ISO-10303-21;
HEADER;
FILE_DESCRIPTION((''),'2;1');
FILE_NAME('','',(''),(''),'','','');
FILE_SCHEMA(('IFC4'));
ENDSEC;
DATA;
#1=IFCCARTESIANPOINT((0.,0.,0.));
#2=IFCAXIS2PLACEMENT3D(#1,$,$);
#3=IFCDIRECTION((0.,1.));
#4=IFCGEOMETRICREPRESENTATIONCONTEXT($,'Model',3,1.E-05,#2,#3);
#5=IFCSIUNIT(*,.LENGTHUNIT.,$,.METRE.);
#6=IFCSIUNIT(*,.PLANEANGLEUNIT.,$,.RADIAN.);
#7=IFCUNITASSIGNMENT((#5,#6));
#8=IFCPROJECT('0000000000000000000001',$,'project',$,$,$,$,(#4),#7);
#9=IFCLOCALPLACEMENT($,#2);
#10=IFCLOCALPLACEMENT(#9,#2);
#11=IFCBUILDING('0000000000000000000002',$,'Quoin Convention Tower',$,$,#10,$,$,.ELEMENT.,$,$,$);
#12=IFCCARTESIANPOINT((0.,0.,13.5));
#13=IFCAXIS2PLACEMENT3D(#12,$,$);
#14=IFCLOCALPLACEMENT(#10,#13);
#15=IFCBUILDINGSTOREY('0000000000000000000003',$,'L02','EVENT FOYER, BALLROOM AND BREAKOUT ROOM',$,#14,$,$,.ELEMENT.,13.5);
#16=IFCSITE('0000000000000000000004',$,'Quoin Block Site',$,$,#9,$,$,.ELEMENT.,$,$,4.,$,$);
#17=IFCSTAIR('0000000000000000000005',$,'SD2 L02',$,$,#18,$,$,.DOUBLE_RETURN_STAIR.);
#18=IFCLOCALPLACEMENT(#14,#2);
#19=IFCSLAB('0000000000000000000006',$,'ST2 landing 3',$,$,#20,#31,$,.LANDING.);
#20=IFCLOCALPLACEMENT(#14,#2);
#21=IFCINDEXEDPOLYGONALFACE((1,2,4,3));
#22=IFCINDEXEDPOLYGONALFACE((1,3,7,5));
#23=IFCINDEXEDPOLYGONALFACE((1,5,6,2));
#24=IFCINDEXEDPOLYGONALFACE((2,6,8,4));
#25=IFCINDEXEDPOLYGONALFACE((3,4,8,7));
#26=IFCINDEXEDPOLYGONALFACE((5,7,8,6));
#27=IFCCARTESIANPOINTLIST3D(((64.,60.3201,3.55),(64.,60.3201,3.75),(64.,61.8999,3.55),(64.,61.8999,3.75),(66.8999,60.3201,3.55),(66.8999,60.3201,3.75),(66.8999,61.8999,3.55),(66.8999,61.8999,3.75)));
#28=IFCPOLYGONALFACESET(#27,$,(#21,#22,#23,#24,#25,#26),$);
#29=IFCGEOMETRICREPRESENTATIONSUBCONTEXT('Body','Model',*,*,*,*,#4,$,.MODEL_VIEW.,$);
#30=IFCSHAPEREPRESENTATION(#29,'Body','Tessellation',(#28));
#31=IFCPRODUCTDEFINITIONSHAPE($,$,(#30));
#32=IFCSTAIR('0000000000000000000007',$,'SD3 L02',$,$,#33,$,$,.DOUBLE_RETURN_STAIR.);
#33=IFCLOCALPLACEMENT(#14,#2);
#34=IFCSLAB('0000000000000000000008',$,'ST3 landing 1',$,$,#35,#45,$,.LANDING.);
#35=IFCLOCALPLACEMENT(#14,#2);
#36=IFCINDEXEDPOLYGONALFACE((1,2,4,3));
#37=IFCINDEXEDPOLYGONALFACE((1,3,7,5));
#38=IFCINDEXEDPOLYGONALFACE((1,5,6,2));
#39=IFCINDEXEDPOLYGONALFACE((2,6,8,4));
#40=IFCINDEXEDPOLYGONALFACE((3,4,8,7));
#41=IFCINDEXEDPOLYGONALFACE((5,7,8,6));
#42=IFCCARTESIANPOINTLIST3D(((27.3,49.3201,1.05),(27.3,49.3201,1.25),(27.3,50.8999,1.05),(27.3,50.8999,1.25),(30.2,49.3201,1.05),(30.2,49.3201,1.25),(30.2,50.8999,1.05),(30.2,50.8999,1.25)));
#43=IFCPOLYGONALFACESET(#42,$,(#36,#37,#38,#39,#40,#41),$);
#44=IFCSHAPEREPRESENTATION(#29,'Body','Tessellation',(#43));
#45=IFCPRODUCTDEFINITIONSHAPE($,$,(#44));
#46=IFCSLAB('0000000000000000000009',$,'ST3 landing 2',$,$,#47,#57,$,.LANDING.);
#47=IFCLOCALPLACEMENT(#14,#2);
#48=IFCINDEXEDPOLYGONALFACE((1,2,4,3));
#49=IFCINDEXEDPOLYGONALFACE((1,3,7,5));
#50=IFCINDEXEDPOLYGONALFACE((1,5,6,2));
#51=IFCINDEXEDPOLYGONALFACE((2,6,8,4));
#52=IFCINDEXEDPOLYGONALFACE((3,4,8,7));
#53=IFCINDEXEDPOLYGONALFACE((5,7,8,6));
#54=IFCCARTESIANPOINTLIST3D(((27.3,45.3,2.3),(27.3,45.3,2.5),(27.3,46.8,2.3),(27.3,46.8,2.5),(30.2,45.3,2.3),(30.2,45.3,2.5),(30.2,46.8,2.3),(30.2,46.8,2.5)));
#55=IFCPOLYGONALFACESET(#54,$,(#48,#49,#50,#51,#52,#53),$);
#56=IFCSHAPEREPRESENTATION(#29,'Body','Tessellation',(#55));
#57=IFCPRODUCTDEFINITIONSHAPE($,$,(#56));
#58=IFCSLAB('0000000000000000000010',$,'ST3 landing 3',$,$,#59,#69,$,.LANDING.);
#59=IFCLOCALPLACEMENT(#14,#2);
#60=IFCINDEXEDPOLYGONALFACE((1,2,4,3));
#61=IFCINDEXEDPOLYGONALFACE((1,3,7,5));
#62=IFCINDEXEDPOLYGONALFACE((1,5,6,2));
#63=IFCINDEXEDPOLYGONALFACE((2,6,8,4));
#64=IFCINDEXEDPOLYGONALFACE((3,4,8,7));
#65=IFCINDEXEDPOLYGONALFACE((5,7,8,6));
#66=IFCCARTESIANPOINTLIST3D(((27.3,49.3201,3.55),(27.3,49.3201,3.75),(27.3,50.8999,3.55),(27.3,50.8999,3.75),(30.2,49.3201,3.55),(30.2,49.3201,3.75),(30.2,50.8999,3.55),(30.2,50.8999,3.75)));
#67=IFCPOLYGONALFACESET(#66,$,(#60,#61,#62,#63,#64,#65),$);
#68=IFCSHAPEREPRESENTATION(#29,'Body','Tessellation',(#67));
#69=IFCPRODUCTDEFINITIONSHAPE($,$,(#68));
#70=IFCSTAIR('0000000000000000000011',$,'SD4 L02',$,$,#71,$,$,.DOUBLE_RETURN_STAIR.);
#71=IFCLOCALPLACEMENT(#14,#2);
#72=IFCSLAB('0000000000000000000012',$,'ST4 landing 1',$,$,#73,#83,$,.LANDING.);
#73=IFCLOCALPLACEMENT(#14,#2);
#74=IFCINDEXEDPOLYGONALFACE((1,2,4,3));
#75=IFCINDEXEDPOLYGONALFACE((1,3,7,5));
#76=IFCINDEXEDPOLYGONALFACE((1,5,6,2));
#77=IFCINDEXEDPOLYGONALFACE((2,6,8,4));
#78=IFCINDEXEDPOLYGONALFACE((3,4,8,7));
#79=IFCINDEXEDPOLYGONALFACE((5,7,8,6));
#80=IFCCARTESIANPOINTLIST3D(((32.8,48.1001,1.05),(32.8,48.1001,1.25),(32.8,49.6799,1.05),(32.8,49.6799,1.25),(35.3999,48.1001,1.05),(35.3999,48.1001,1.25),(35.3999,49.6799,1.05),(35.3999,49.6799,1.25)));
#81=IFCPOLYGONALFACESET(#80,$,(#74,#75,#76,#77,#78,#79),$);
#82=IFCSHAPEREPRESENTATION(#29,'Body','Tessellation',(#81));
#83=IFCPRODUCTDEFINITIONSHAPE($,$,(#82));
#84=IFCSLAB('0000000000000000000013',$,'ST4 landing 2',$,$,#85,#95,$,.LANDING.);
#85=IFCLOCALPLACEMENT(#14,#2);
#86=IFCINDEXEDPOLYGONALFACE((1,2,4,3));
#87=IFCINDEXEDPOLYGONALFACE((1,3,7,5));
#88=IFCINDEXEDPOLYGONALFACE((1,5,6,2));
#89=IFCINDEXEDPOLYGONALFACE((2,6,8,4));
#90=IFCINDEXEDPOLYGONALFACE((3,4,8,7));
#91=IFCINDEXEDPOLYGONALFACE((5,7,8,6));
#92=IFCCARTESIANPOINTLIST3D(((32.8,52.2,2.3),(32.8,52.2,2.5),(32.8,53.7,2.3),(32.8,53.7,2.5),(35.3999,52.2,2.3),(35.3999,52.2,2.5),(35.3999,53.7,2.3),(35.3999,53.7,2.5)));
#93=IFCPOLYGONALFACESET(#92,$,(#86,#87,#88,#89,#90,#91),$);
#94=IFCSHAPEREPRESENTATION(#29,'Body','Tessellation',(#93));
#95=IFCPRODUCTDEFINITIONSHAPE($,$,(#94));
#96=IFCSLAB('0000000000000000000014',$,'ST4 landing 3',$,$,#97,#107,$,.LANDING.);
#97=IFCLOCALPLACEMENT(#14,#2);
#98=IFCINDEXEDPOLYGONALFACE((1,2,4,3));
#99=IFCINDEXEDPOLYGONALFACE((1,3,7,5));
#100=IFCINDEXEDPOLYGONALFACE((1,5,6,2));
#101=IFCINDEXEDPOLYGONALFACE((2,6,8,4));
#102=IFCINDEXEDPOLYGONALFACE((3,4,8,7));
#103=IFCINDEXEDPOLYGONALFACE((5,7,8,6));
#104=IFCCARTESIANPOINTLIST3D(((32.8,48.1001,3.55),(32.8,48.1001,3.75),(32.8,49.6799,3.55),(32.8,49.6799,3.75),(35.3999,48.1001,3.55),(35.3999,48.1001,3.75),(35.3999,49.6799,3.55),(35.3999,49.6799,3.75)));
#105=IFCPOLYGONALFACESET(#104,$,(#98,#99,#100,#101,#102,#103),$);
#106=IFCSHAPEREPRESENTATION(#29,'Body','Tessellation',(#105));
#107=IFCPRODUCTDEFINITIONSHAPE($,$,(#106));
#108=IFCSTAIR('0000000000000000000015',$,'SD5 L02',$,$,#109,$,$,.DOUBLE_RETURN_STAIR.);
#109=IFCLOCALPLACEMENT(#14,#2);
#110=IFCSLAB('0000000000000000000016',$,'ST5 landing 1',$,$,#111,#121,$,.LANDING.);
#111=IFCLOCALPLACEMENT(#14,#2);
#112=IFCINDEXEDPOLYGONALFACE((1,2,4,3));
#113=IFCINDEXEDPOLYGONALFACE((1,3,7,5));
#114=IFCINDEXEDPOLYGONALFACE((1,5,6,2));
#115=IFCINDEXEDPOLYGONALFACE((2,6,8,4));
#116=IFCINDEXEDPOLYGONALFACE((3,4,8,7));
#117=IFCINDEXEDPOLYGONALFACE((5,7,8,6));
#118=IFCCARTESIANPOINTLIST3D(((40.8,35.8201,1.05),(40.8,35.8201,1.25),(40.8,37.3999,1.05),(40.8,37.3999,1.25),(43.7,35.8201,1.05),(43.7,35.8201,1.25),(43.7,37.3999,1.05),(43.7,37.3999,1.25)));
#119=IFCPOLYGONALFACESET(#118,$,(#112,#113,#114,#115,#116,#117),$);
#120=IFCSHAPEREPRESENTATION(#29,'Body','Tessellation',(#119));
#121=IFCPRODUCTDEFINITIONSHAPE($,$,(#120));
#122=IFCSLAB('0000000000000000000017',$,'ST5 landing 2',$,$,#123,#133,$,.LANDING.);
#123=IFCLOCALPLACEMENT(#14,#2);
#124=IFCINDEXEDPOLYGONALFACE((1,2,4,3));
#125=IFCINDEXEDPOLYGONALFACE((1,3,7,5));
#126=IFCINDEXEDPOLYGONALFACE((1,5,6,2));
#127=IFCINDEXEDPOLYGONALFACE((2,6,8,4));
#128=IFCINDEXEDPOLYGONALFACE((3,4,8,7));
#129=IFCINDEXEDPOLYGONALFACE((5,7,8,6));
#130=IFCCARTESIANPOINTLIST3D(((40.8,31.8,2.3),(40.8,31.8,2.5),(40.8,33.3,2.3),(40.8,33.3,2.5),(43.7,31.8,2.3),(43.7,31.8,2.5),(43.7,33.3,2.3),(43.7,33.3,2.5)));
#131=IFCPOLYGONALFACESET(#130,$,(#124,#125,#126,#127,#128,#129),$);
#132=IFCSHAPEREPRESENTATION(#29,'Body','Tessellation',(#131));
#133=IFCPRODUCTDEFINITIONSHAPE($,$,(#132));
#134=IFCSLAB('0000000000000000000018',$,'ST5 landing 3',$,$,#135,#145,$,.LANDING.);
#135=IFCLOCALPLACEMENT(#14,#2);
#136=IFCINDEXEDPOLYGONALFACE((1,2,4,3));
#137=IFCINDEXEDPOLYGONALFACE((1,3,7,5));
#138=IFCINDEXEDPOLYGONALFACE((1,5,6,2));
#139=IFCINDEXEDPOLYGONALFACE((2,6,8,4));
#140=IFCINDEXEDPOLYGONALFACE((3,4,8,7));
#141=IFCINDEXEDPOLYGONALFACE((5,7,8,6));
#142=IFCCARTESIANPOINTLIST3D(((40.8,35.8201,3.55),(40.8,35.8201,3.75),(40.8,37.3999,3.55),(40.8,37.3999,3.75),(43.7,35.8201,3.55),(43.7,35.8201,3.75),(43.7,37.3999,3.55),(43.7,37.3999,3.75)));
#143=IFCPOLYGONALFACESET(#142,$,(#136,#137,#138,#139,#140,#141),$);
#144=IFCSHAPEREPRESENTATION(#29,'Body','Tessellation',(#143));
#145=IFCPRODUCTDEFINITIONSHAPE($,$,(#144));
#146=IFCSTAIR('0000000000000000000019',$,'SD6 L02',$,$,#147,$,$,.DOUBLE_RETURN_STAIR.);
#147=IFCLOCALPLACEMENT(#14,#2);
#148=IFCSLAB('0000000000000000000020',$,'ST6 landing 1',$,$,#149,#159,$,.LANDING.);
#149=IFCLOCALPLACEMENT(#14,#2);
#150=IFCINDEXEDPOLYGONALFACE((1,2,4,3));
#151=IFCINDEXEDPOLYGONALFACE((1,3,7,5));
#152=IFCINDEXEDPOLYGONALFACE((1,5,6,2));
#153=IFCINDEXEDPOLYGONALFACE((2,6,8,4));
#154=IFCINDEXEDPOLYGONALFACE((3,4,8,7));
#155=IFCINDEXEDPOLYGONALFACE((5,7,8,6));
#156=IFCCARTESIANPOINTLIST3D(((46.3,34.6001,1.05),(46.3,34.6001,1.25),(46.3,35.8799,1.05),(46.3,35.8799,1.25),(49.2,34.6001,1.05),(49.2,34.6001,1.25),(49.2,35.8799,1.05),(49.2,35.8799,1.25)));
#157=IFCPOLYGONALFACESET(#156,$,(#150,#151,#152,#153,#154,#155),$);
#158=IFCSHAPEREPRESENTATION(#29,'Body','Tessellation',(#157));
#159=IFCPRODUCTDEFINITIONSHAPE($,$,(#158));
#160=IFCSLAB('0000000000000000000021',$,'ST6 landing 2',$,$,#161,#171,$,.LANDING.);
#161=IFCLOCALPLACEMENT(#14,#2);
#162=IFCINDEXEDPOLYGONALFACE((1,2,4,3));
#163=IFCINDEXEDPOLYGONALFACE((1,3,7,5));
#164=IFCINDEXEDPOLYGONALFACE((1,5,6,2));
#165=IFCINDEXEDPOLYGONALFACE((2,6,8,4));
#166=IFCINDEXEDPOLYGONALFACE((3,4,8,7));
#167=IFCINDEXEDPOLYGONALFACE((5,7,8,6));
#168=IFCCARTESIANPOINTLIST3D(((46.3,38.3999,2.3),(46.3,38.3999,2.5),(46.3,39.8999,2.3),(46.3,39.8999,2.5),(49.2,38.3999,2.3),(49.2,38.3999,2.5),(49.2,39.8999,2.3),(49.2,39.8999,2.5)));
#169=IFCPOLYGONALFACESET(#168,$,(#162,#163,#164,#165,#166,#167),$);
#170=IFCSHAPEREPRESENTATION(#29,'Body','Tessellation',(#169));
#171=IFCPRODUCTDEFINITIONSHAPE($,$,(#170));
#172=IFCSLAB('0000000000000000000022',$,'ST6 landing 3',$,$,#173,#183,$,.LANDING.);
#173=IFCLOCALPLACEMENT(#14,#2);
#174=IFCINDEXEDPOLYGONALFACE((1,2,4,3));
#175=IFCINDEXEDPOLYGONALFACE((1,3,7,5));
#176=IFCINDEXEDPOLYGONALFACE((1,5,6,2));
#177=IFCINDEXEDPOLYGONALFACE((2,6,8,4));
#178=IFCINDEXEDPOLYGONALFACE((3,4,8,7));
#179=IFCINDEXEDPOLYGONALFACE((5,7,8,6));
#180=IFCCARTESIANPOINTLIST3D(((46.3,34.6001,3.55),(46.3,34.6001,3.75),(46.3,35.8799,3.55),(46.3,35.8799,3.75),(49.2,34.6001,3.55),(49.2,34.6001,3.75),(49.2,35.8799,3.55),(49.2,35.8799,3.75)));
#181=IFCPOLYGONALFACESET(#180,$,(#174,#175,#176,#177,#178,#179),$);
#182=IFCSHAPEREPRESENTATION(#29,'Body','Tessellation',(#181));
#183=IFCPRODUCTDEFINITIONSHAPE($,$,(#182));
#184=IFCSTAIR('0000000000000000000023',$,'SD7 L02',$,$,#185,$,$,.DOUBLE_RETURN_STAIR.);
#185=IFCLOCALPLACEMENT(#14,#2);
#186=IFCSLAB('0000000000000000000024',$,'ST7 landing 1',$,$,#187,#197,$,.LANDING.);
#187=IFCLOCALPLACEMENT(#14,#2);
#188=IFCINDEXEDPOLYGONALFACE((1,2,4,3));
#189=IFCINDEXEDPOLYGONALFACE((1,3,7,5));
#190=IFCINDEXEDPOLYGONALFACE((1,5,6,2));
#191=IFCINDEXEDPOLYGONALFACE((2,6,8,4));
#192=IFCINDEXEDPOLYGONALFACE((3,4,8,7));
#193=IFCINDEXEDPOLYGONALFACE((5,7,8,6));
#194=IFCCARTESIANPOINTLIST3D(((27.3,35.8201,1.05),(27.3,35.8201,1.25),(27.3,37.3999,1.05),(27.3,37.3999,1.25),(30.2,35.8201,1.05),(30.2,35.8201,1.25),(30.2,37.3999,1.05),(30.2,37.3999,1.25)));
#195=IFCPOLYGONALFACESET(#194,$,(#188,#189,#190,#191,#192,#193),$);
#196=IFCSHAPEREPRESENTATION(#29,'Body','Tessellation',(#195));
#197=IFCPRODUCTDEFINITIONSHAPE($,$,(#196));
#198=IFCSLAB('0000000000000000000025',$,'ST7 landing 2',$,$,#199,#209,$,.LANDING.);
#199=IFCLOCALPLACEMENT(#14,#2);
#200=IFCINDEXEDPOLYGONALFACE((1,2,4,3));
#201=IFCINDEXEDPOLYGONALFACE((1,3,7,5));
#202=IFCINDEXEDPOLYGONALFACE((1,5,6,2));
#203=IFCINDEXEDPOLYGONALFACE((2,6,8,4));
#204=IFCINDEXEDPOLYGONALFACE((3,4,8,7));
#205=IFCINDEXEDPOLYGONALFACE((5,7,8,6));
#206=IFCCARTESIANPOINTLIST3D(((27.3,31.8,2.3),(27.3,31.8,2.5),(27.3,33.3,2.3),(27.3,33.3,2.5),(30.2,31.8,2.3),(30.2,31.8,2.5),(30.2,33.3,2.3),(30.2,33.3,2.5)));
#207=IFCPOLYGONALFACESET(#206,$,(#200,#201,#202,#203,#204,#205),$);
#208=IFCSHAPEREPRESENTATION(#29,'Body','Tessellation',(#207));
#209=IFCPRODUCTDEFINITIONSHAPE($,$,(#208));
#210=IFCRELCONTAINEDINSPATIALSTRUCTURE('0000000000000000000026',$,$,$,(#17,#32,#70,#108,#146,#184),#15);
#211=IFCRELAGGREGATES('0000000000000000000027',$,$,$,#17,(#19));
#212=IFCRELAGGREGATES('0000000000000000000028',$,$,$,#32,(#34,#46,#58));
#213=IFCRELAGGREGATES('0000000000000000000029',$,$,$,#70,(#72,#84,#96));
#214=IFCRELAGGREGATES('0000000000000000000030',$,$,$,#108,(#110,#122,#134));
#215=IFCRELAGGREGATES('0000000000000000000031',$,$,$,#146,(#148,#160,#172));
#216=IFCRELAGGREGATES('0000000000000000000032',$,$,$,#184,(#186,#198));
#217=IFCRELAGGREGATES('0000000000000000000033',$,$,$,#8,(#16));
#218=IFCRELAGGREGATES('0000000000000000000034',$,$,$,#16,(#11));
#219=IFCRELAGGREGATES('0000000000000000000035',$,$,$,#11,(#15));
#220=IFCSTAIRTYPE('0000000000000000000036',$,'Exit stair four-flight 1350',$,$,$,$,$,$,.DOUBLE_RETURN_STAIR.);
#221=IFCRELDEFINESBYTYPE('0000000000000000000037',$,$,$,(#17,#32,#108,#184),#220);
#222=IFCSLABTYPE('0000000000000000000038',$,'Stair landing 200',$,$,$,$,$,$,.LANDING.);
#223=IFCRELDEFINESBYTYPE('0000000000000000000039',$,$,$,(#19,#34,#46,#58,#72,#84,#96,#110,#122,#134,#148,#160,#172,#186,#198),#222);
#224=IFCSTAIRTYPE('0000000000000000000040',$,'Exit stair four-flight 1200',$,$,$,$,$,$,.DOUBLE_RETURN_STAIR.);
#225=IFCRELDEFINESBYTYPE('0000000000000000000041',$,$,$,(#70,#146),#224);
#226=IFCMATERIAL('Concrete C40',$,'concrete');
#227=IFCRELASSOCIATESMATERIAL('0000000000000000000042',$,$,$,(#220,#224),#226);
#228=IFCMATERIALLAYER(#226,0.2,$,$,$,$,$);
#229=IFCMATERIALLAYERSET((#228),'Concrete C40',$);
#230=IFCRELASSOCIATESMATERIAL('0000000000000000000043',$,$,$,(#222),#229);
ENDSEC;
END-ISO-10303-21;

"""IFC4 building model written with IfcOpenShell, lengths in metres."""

from ifc_helpers import new_model, si_unit, direction, frame, origin, place, context, subcontext, project, spatial, polyline, outline, extrude, material, layer, layer_set, type_object, element, aggregate, save


model = new_model("IFC4")

# Units and contexts
model_context = context("Model", 3, precision=1e-05, world=origin(), true_north=direction((0.0, 1.0)))
body_context = subcontext(model_context, "Body", "Model", "MODEL_VIEW")
ifc_project = project(units=[si_unit("LENGTHUNIT", "METRE"), si_unit("PLANEANGLEUNIT", "RADIAN")], contexts=[model_context])

# Site, building, storey
site_placement = place(None, origin())
site = spatial("IfcSite", under=ifc_project, at=site_placement, Name="Quoin Block Site", CompositionType="ELEMENT", RefElevation=4.0)
building_placement = place(site_placement, origin())
building = spatial("IfcBuilding", under=site, at=building_placement, Name="Quoin Convention Tower", CompositionType="ELEMENT")
storey_placement = place(building_placement, frame((0.0, 0.0, 13.5)))
storey = spatial("IfcBuildingStorey", under=building, at=storey_placement, Name="L02", Description="EVENT FOYER, BALLROOM AND BREAKOUT ROOM", CompositionType="ELEMENT", Elevation=13.5)

# Stairs, slabs
ifc_material_1 = material(Name="Concrete C40", Category="concrete")
stair_type_1 = type_object("IfcStairType", Name="Exit stair four-flight 1350", PredefinedType="DOUBLE_RETURN_STAIR", material=ifc_material_1)
ifc_layer_1 = layer(ifc_material_1, 0.2)
ifc_layer_set_1 = layer_set([ifc_layer_1], Name="Concrete C40")
slab_type_1 = type_object("IfcSlabType", Name="Stair landing 200", PredefinedType="LANDING", material=ifc_layer_set_1)
stair_1_placement = place(storey_placement, origin())
stair_1 = element("IfcStair", 1, at=stair_1_placement, inside=storey, type_object=stair_type_1, Name="SD2 L02", PredefinedType="DOUBLE_RETURN_STAIR")
slab_1_placement = place(storey_placement, frame((0.0, 0.0, 3.55)))
slab_1 = element("IfcSlab", 2, at=slab_1_placement, type_object=slab_type_1, Name="ST2 landing 3", PredefinedType="LANDING", context=body_context, shape_type="SweptSolid", body=[
    extrude(outline(polyline([(64.0, 60.3201), (66.8999, 60.3201), (66.8999, 61.8999), (64.0, 61.8999), (64.0, 60.3201)])), origin(), (0.0, 0.0, 1.0), 0.2),
])
aggregate(stair_1, [slab_1])
stair_2_placement = place(storey_placement, origin())
stair_2 = element("IfcStair", 3, at=stair_2_placement, inside=storey, type_object=stair_type_1, Name="SD3 L02", PredefinedType="DOUBLE_RETURN_STAIR")
slab_2_placement = place(storey_placement, frame((0.0, 0.0, 1.05)))
slab_2 = element("IfcSlab", 4, at=slab_2_placement, type_object=slab_type_1, Name="ST3 landing 1", PredefinedType="LANDING", context=body_context, shape_type="SweptSolid", body=[
    extrude(outline(polyline([(27.3, 49.3201), (30.2, 49.3201), (30.2, 50.8999), (27.3, 50.8999), (27.3, 49.3201)])), origin(), (0.0, 0.0, 1.0), 0.2),
])
slab_3_placement = place(storey_placement, frame((0.0, 0.0, 2.3)))
slab_3 = element("IfcSlab", 5, at=slab_3_placement, type_object=slab_type_1, Name="ST3 landing 2", PredefinedType="LANDING", context=body_context, shape_type="SweptSolid", body=[
    extrude(outline(polyline([(27.3, 45.3), (30.2, 45.3), (30.2, 46.8), (27.3, 46.8), (27.3, 45.3)])), origin(), (0.0, 0.0, 1.0), 0.2),
])
slab_4_placement = place(storey_placement, frame((0.0, 0.0, 3.55)))
slab_4 = element("IfcSlab", 6, at=slab_4_placement, type_object=slab_type_1, Name="ST3 landing 3", PredefinedType="LANDING", context=body_context, shape_type="SweptSolid", body=[
    extrude(outline(polyline([(27.3, 49.3201), (30.2, 49.3201), (30.2, 50.8999), (27.3, 50.8999), (27.3, 49.3201)])), origin(), (0.0, 0.0, 1.0), 0.2),
])
aggregate(stair_2, [slab_2, slab_3, slab_4])
stair_type_2 = type_object("IfcStairType", Name="Exit stair four-flight 1200", PredefinedType="DOUBLE_RETURN_STAIR", material=ifc_material_1)
stair_3_placement = place(storey_placement, origin())
stair_3 = element("IfcStair", 7, at=stair_3_placement, inside=storey, type_object=stair_type_2, Name="SD4 L02", PredefinedType="DOUBLE_RETURN_STAIR")
slab_5_placement = place(storey_placement, frame((0.0, 0.0, 1.05)))
slab_5 = element("IfcSlab", 8, at=slab_5_placement, type_object=slab_type_1, Name="ST4 landing 1", PredefinedType="LANDING", context=body_context, shape_type="SweptSolid", body=[
    extrude(outline(polyline([(35.3999, 49.6799), (32.8, 49.6799), (32.8, 48.1001), (35.3999, 48.1001), (35.3999, 49.6799)])), origin(), (0.0, 0.0, 1.0), 0.2),
])
slab_6_placement = place(storey_placement, frame((0.0, 0.0, 2.3)))
slab_6 = element("IfcSlab", 9, at=slab_6_placement, type_object=slab_type_1, Name="ST4 landing 2", PredefinedType="LANDING", context=body_context, shape_type="SweptSolid", body=[
    extrude(outline(polyline([(35.3999, 53.7), (32.8, 53.7), (32.8, 52.2), (35.3999, 52.2), (35.3999, 53.7)])), origin(), (0.0, 0.0, 1.0), 0.2),
])
slab_7_placement = place(storey_placement, frame((0.0, 0.0, 3.55)))
slab_7 = element("IfcSlab", 10, at=slab_7_placement, type_object=slab_type_1, Name="ST4 landing 3", PredefinedType="LANDING", context=body_context, shape_type="SweptSolid", body=[
    extrude(outline(polyline([(35.3999, 49.6799), (32.8, 49.6799), (32.8, 48.1001), (35.3999, 48.1001), (35.3999, 49.6799)])), origin(), (0.0, 0.0, 1.0), 0.2),
])
aggregate(stair_3, [slab_5, slab_6, slab_7])
stair_4_placement = place(storey_placement, origin())
stair_4 = element("IfcStair", 11, at=stair_4_placement, inside=storey, type_object=stair_type_1, Name="SD5 L02", PredefinedType="DOUBLE_RETURN_STAIR")
slab_8_placement = place(storey_placement, frame((0.0, 0.0, 1.05)))
slab_8 = element("IfcSlab", 12, at=slab_8_placement, type_object=slab_type_1, Name="ST5 landing 1", PredefinedType="LANDING", context=body_context, shape_type="SweptSolid", body=[
    extrude(outline(polyline([(40.8, 35.8201), (43.7, 35.8201), (43.7, 37.3999), (40.8, 37.3999), (40.8, 35.8201)])), origin(), (0.0, 0.0, 1.0), 0.2),
])
slab_9_placement = place(storey_placement, frame((0.0, 0.0, 2.3)))
slab_9 = element("IfcSlab", 13, at=slab_9_placement, type_object=slab_type_1, Name="ST5 landing 2", PredefinedType="LANDING", context=body_context, shape_type="SweptSolid", body=[
    extrude(outline(polyline([(40.8, 31.8), (43.7, 31.8), (43.7, 33.3), (40.8, 33.3), (40.8, 31.8)])), origin(), (0.0, 0.0, 1.0), 0.2),
])
slab_10_placement = place(storey_placement, frame((0.0, 0.0, 3.55)))
slab_10 = element("IfcSlab", 14, at=slab_10_placement, type_object=slab_type_1, Name="ST5 landing 3", PredefinedType="LANDING", context=body_context, shape_type="SweptSolid", body=[
    extrude(outline(polyline([(40.8, 35.8201), (43.7, 35.8201), (43.7, 37.3999), (40.8, 37.3999), (40.8, 35.8201)])), origin(), (0.0, 0.0, 1.0), 0.2),
])
aggregate(stair_4, [slab_8, slab_9, slab_10])
stair_5_placement = place(storey_placement, origin())
stair_5 = element("IfcStair", 15, at=stair_5_placement, inside=storey, type_object=stair_type_2, Name="SD6 L02", PredefinedType="DOUBLE_RETURN_STAIR")
slab_11_placement = place(storey_placement, frame((0.0, 0.0, 1.05)))
slab_11 = element("IfcSlab", 16, at=slab_11_placement, type_object=slab_type_1, Name="ST6 landing 1", PredefinedType="LANDING", context=body_context, shape_type="SweptSolid", body=[
    extrude(outline(polyline([(49.2, 35.8799), (46.3, 35.8799), (46.3, 34.6001), (49.2, 34.6001), (49.2, 35.8799)])), origin(), (0.0, 0.0, 1.0), 0.2),
])
slab_12_placement = place(storey_placement, frame((0.0, 0.0, 2.3)))
slab_12 = element("IfcSlab", 17, at=slab_12_placement, type_object=slab_type_1, Name="ST6 landing 2", PredefinedType="LANDING", context=body_context, shape_type="SweptSolid", body=[
    extrude(outline(polyline([(49.2, 39.8999), (46.3, 39.8999), (46.3, 38.3999), (49.2, 38.3999), (49.2, 39.8999)])), origin(), (0.0, 0.0, 1.0), 0.2),
])
slab_13_placement = place(storey_placement, frame((0.0, 0.0, 3.55)))
slab_13 = element("IfcSlab", 18, at=slab_13_placement, type_object=slab_type_1, Name="ST6 landing 3", PredefinedType="LANDING", context=body_context, shape_type="SweptSolid", body=[
    extrude(outline(polyline([(49.2, 35.8799), (46.3, 35.8799), (46.3, 34.6001), (49.2, 34.6001), (49.2, 35.8799)])), origin(), (0.0, 0.0, 1.0), 0.2),
])
aggregate(stair_5, [slab_11, slab_12, slab_13])
stair_6_placement = place(storey_placement, origin())
stair_6 = element("IfcStair", 19, at=stair_6_placement, inside=storey, type_object=stair_type_1, Name="SD7 L02", PredefinedType="DOUBLE_RETURN_STAIR")
slab_14_placement = place(storey_placement, frame((0.0, 0.0, 1.05)))
slab_14 = element("IfcSlab", 20, at=slab_14_placement, type_object=slab_type_1, Name="ST7 landing 1", PredefinedType="LANDING", context=body_context, shape_type="SweptSolid", body=[
    extrude(outline(polyline([(27.3, 35.8201), (30.2, 35.8201), (30.2, 37.3999), (27.3, 37.3999), (27.3, 35.8201)])), origin(), (0.0, 0.0, 1.0), 0.2),
])
slab_15_placement = place(storey_placement, frame((0.0, 0.0, 2.3)))
slab_15 = element("IfcSlab", 21, at=slab_15_placement, type_object=slab_type_1, Name="ST7 landing 2", PredefinedType="LANDING", context=body_context, shape_type="SweptSolid", body=[
    extrude(outline(polyline([(27.3, 31.8), (30.2, 31.8), (30.2, 33.3), (27.3, 33.3), (27.3, 31.8)])), origin(), (0.0, 0.0, 1.0), 0.2),
])
aggregate(stair_6, [slab_14, slab_15])

save(model, "model.ifc")
